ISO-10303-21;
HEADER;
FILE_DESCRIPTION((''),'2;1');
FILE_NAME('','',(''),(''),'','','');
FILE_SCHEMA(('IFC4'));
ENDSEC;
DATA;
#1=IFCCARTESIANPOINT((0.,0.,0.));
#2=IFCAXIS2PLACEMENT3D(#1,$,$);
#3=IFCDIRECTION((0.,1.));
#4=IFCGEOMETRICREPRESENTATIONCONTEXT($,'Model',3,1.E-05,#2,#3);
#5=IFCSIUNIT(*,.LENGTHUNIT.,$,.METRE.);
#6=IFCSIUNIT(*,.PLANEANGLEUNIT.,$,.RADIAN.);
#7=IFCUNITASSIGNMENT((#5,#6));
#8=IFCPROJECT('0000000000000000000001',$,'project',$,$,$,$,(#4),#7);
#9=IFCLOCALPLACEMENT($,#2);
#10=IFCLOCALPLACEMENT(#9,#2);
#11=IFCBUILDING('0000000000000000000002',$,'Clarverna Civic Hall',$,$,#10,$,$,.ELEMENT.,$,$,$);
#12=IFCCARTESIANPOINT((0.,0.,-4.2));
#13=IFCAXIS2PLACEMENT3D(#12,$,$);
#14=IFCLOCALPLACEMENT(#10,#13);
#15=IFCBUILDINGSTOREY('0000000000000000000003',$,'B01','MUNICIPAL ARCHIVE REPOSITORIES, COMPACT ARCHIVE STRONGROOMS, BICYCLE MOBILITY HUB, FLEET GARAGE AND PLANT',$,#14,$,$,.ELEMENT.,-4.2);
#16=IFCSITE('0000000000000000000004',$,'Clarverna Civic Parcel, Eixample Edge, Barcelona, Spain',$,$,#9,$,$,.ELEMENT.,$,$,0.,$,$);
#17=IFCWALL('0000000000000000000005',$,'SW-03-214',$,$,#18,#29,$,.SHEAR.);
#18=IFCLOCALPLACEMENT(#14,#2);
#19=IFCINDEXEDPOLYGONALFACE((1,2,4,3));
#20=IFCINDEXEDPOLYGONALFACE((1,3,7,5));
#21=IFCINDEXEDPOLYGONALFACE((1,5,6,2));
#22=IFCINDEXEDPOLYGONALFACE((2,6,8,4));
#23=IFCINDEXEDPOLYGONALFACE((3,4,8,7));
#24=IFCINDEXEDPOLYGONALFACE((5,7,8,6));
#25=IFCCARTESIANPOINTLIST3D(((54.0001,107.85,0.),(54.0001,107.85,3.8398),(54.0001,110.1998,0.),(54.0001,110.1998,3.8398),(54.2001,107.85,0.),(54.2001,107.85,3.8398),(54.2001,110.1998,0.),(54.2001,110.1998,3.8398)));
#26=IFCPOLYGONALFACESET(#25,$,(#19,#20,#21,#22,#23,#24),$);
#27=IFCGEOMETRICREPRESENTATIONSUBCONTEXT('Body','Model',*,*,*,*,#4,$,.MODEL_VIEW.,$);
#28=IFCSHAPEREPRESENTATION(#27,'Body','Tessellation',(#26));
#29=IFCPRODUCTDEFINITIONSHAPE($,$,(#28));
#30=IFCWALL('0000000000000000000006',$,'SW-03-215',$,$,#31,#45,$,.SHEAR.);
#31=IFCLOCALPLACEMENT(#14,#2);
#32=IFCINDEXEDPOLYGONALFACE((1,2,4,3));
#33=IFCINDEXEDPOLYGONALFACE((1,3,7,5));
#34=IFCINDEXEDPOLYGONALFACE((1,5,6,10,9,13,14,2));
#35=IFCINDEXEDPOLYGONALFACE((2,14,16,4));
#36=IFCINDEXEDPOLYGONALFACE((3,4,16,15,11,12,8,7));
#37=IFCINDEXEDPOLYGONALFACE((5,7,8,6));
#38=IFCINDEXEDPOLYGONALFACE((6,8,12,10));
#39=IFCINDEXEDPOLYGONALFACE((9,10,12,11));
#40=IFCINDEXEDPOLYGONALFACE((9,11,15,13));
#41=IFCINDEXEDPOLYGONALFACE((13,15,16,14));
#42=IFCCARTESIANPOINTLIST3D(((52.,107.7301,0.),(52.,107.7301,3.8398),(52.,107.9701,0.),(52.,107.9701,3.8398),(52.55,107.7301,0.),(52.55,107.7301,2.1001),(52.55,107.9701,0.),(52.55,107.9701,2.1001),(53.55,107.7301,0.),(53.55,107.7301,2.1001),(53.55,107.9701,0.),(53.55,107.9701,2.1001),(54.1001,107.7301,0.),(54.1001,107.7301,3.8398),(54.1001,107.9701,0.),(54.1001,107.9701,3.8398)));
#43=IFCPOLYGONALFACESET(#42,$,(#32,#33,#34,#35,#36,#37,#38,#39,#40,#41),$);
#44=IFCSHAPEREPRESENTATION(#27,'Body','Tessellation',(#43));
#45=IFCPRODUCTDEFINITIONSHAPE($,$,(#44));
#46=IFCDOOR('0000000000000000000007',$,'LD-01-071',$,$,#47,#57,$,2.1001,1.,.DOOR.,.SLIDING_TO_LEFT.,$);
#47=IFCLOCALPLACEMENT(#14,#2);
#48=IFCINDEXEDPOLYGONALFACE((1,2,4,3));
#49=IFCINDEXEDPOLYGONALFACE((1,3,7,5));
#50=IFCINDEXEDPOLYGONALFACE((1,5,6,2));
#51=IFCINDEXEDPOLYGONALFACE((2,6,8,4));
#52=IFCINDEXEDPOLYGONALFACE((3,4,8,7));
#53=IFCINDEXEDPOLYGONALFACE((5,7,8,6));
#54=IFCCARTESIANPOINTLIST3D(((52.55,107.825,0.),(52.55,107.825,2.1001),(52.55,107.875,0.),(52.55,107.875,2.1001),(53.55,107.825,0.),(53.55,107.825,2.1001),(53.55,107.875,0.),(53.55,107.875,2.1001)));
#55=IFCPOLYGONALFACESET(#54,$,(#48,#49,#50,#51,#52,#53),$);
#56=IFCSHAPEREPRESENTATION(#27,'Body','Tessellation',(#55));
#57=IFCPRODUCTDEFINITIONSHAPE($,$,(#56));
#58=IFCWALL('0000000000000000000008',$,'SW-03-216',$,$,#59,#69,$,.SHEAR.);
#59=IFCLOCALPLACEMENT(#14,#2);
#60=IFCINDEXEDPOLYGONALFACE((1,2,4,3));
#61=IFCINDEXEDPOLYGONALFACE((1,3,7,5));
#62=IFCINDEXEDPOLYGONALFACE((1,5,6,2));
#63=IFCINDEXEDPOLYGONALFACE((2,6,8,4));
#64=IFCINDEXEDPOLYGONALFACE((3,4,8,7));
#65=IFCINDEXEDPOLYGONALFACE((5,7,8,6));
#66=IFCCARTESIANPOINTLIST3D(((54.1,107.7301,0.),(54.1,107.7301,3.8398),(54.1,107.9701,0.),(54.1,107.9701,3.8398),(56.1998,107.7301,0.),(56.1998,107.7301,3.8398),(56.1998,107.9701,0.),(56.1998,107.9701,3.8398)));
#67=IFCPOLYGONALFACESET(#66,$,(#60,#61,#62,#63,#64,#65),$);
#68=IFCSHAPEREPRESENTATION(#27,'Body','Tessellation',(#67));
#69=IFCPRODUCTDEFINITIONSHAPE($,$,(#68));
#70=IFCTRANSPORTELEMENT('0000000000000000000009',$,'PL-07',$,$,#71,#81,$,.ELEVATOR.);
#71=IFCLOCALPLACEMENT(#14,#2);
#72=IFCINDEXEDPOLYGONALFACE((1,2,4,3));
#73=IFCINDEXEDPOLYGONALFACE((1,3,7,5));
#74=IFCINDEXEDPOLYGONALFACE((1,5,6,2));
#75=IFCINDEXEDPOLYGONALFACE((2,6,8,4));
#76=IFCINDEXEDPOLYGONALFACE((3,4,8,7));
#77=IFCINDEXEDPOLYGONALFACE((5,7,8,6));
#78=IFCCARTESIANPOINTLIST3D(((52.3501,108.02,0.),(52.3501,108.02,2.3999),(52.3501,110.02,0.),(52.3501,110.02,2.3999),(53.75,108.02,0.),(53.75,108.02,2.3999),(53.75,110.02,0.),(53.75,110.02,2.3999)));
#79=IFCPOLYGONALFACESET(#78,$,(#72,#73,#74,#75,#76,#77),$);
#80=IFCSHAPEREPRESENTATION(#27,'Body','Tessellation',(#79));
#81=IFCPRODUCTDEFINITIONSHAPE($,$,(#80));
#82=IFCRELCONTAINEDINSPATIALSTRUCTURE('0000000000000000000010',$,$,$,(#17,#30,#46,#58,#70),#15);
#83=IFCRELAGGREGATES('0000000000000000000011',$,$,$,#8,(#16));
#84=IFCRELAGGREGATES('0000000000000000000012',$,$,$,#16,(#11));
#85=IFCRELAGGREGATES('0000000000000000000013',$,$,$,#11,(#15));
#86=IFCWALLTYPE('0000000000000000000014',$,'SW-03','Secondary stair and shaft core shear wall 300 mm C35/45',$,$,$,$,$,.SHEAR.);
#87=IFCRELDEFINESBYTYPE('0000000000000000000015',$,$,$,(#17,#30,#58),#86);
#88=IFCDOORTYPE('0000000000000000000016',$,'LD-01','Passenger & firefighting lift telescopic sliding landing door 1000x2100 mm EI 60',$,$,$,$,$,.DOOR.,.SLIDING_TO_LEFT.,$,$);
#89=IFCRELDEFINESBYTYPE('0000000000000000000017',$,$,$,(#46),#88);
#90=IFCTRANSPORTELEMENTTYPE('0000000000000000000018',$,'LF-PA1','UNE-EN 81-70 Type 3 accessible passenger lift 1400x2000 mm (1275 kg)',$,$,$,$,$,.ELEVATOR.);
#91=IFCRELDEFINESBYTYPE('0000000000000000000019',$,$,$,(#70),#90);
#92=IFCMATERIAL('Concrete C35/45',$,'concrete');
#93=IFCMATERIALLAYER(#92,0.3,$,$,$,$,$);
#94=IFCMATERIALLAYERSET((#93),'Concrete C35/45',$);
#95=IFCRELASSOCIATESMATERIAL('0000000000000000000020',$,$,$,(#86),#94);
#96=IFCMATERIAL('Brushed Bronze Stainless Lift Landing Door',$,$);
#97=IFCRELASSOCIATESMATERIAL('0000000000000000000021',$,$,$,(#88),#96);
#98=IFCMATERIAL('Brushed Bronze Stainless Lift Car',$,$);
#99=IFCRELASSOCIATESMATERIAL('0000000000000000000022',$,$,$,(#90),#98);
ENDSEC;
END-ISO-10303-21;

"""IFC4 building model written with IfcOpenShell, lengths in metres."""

from ifc_helpers import new_model, si_unit, direction, frame, frame_2d, origin, origin_2d, place, context, subcontext, project, spatial, rectangle, extrude, material, layer, layer_set, type_object, element, fill, save


model = new_model("IFC4")

# Units and contexts
model_context = context("Model", 3, precision=1e-05, world=origin(), true_north=direction((0.0, 1.0)))
body_context = subcontext(model_context, "Body", "Model", "MODEL_VIEW")
ifc_project = project(units=[si_unit("LENGTHUNIT", "METRE"), si_unit("PLANEANGLEUNIT", "RADIAN")], contexts=[model_context])

# Site, building, storey
site_placement = place(None, origin())
site = spatial("IfcSite", under=ifc_project, at=site_placement, Name="Clarverna Civic Parcel, Eixample Edge, Barcelona, Spain", CompositionType="ELEMENT", RefElevation=0.0)
building_placement = place(site_placement, origin())
building = spatial("IfcBuilding", under=site, at=building_placement, Name="Clarverna Civic Hall", CompositionType="ELEMENT")
storey_placement = place(building_placement, frame((0.0, 0.0, -4.2)))
storey = spatial("IfcBuildingStorey", under=building, at=storey_placement, Name="B01", Description="MUNICIPAL ARCHIVE REPOSITORIES, COMPACT ARCHIVE STRONGROOMS, BICYCLE MOBILITY HUB, FLEET GARAGE AND PLANT", CompositionType="ELEMENT", Elevation=-4.2)

# Shared definitions
ifc_material_1 = material(Name="Concrete C35/45", Category="concrete")

# Wall
ifc_layer = layer(ifc_material_1, 0.3)
ifc_layer_set = layer_set([ifc_layer], Name="Concrete C35/45")
wall_type = type_object("IfcWallType", Name="SW-03", Description="Secondary stair and shaft core shear wall 300 mm C35/45", PredefinedType="SHEAR", material=ifc_layer_set)
wall_1_placement = place(storey_placement, frame((54.1001, 107.8501, 0.0), z_axis=(0.0, 0.0, 1.0), x_axis=(0.0, 1.0, 0.0)))
element("IfcWall", 1, at=wall_1_placement, inside=storey, type_object=wall_type, Name="SW-03-214", PredefinedType="SHEAR", context=body_context, shape_type="SweptSolid", body=[
    extrude(rectangle(XDim=2.3499, YDim=0.2, at=frame_2d((1.1748, 0.0))), origin(), (0.0, 0.0, 1.0), 3.8398),
])

# Wall, opening, door
wall_2_placement = place(storey_placement, frame((52.0, 107.8501, 0.0), z_axis=(0.0, 0.0, 1.0), x_axis=(1.0, 0.0, 0.0)))
wall_2 = element("IfcWall", 2, at=wall_2_placement, inside=storey, type_object=wall_type, Name="SW-03-215", PredefinedType="SHEAR", context=body_context, shape_type="SweptSolid", body=[
    extrude(rectangle(XDim=2.1001, YDim=0.24, at=frame_2d((1.05, 0.0))), origin(), (0.0, 0.0, 1.0), 3.8398),
])
opening_placement = place(wall_2_placement, frame((0.55, 0.0, 0.0)))
opening = element("IfcOpeningElement", 3, at=opening_placement, cuts=wall_2, PredefinedType="OPENING", context=body_context, shape_type="SweptSolid", body=[
    extrude(rectangle(XDim=1.0, YDim=2.1001, at=frame_2d((0.5, 1.05))), frame((0.0, 0.1299, 0.0), z_axis=(0.0, -1.0, 0.0), x_axis=(1.0, 0.0, 0.0)), (0.0, 0.0, 1.0), 0.26),
])
ifc_material_2 = material(Name="Brushed Bronze Stainless Lift Landing Door")
door_type = type_object("IfcDoorType", Name="LD-01", Description="Passenger & firefighting lift telescopic sliding landing door 1000x2100 mm EI 60", OperationType="SLIDING_TO_LEFT", PredefinedType="DOOR", material=ifc_material_2)
door_placement = place(opening_placement, origin())
door = element("IfcDoor", 4, at=door_placement, inside=storey, type_object=door_type, Name="LD-01-071", OperationType="SLIDING_TO_LEFT", OverallHeight=2.1001, OverallWidth=1.0, PredefinedType="DOOR", context=body_context, shape_type="SweptSolid", body=[
    extrude(rectangle(XDim=1.0, YDim=2.1001, at=frame_2d((0.5, 1.05))), frame((0.0, 0.0249, 0.0), z_axis=(0.0, -1.0, 0.0), x_axis=(1.0, 0.0, 0.0)), (0.0, 0.0, 1.0), 0.05),
])
fill(opening, door)

# Wall
wall_3_placement = place(storey_placement, frame((54.1001, 107.8501, 0.0), z_axis=(0.0, 0.0, 1.0), x_axis=(1.0, 0.0, 0.0)))
element("IfcWall", 5, at=wall_3_placement, inside=storey, type_object=wall_type, Name="SW-03-216", PredefinedType="SHEAR", context=body_context, shape_type="SweptSolid", body=[
    extrude(rectangle(XDim=2.0999, YDim=0.24, at=frame_2d((1.0498, 0.0))), origin(), (0.0, 0.0, 1.0), 3.8398),
])

# Transport element
ifc_material_3 = material(Name="Brushed Bronze Stainless Lift Car")
transport_element_type = type_object("IfcTransportElementType", Name="LF-PA1", Description="UNE-EN 81-70 Type 3 accessible passenger lift 1400x2000 mm (1275 kg)", PredefinedType="ELEVATOR", material=ifc_material_3)
transport_element_placement = place(storey_placement, frame((53.05, 109.02, 0.0), z_axis=(0.0, 0.0, 1.0), x_axis=(1.0, 0.0, 0.0)))
element("IfcTransportElement", 6, at=transport_element_placement, inside=storey, type_object=transport_element_type, Name="PL-07", PredefinedType="ELEVATOR", context=body_context, shape_type="SweptSolid", body=[
    extrude(rectangle(XDim=1.3999, YDim=2.0, at=origin_2d()), origin(), (0.0, 0.0, 1.0), 2.3999),
])

save(model, "model.ifc")
